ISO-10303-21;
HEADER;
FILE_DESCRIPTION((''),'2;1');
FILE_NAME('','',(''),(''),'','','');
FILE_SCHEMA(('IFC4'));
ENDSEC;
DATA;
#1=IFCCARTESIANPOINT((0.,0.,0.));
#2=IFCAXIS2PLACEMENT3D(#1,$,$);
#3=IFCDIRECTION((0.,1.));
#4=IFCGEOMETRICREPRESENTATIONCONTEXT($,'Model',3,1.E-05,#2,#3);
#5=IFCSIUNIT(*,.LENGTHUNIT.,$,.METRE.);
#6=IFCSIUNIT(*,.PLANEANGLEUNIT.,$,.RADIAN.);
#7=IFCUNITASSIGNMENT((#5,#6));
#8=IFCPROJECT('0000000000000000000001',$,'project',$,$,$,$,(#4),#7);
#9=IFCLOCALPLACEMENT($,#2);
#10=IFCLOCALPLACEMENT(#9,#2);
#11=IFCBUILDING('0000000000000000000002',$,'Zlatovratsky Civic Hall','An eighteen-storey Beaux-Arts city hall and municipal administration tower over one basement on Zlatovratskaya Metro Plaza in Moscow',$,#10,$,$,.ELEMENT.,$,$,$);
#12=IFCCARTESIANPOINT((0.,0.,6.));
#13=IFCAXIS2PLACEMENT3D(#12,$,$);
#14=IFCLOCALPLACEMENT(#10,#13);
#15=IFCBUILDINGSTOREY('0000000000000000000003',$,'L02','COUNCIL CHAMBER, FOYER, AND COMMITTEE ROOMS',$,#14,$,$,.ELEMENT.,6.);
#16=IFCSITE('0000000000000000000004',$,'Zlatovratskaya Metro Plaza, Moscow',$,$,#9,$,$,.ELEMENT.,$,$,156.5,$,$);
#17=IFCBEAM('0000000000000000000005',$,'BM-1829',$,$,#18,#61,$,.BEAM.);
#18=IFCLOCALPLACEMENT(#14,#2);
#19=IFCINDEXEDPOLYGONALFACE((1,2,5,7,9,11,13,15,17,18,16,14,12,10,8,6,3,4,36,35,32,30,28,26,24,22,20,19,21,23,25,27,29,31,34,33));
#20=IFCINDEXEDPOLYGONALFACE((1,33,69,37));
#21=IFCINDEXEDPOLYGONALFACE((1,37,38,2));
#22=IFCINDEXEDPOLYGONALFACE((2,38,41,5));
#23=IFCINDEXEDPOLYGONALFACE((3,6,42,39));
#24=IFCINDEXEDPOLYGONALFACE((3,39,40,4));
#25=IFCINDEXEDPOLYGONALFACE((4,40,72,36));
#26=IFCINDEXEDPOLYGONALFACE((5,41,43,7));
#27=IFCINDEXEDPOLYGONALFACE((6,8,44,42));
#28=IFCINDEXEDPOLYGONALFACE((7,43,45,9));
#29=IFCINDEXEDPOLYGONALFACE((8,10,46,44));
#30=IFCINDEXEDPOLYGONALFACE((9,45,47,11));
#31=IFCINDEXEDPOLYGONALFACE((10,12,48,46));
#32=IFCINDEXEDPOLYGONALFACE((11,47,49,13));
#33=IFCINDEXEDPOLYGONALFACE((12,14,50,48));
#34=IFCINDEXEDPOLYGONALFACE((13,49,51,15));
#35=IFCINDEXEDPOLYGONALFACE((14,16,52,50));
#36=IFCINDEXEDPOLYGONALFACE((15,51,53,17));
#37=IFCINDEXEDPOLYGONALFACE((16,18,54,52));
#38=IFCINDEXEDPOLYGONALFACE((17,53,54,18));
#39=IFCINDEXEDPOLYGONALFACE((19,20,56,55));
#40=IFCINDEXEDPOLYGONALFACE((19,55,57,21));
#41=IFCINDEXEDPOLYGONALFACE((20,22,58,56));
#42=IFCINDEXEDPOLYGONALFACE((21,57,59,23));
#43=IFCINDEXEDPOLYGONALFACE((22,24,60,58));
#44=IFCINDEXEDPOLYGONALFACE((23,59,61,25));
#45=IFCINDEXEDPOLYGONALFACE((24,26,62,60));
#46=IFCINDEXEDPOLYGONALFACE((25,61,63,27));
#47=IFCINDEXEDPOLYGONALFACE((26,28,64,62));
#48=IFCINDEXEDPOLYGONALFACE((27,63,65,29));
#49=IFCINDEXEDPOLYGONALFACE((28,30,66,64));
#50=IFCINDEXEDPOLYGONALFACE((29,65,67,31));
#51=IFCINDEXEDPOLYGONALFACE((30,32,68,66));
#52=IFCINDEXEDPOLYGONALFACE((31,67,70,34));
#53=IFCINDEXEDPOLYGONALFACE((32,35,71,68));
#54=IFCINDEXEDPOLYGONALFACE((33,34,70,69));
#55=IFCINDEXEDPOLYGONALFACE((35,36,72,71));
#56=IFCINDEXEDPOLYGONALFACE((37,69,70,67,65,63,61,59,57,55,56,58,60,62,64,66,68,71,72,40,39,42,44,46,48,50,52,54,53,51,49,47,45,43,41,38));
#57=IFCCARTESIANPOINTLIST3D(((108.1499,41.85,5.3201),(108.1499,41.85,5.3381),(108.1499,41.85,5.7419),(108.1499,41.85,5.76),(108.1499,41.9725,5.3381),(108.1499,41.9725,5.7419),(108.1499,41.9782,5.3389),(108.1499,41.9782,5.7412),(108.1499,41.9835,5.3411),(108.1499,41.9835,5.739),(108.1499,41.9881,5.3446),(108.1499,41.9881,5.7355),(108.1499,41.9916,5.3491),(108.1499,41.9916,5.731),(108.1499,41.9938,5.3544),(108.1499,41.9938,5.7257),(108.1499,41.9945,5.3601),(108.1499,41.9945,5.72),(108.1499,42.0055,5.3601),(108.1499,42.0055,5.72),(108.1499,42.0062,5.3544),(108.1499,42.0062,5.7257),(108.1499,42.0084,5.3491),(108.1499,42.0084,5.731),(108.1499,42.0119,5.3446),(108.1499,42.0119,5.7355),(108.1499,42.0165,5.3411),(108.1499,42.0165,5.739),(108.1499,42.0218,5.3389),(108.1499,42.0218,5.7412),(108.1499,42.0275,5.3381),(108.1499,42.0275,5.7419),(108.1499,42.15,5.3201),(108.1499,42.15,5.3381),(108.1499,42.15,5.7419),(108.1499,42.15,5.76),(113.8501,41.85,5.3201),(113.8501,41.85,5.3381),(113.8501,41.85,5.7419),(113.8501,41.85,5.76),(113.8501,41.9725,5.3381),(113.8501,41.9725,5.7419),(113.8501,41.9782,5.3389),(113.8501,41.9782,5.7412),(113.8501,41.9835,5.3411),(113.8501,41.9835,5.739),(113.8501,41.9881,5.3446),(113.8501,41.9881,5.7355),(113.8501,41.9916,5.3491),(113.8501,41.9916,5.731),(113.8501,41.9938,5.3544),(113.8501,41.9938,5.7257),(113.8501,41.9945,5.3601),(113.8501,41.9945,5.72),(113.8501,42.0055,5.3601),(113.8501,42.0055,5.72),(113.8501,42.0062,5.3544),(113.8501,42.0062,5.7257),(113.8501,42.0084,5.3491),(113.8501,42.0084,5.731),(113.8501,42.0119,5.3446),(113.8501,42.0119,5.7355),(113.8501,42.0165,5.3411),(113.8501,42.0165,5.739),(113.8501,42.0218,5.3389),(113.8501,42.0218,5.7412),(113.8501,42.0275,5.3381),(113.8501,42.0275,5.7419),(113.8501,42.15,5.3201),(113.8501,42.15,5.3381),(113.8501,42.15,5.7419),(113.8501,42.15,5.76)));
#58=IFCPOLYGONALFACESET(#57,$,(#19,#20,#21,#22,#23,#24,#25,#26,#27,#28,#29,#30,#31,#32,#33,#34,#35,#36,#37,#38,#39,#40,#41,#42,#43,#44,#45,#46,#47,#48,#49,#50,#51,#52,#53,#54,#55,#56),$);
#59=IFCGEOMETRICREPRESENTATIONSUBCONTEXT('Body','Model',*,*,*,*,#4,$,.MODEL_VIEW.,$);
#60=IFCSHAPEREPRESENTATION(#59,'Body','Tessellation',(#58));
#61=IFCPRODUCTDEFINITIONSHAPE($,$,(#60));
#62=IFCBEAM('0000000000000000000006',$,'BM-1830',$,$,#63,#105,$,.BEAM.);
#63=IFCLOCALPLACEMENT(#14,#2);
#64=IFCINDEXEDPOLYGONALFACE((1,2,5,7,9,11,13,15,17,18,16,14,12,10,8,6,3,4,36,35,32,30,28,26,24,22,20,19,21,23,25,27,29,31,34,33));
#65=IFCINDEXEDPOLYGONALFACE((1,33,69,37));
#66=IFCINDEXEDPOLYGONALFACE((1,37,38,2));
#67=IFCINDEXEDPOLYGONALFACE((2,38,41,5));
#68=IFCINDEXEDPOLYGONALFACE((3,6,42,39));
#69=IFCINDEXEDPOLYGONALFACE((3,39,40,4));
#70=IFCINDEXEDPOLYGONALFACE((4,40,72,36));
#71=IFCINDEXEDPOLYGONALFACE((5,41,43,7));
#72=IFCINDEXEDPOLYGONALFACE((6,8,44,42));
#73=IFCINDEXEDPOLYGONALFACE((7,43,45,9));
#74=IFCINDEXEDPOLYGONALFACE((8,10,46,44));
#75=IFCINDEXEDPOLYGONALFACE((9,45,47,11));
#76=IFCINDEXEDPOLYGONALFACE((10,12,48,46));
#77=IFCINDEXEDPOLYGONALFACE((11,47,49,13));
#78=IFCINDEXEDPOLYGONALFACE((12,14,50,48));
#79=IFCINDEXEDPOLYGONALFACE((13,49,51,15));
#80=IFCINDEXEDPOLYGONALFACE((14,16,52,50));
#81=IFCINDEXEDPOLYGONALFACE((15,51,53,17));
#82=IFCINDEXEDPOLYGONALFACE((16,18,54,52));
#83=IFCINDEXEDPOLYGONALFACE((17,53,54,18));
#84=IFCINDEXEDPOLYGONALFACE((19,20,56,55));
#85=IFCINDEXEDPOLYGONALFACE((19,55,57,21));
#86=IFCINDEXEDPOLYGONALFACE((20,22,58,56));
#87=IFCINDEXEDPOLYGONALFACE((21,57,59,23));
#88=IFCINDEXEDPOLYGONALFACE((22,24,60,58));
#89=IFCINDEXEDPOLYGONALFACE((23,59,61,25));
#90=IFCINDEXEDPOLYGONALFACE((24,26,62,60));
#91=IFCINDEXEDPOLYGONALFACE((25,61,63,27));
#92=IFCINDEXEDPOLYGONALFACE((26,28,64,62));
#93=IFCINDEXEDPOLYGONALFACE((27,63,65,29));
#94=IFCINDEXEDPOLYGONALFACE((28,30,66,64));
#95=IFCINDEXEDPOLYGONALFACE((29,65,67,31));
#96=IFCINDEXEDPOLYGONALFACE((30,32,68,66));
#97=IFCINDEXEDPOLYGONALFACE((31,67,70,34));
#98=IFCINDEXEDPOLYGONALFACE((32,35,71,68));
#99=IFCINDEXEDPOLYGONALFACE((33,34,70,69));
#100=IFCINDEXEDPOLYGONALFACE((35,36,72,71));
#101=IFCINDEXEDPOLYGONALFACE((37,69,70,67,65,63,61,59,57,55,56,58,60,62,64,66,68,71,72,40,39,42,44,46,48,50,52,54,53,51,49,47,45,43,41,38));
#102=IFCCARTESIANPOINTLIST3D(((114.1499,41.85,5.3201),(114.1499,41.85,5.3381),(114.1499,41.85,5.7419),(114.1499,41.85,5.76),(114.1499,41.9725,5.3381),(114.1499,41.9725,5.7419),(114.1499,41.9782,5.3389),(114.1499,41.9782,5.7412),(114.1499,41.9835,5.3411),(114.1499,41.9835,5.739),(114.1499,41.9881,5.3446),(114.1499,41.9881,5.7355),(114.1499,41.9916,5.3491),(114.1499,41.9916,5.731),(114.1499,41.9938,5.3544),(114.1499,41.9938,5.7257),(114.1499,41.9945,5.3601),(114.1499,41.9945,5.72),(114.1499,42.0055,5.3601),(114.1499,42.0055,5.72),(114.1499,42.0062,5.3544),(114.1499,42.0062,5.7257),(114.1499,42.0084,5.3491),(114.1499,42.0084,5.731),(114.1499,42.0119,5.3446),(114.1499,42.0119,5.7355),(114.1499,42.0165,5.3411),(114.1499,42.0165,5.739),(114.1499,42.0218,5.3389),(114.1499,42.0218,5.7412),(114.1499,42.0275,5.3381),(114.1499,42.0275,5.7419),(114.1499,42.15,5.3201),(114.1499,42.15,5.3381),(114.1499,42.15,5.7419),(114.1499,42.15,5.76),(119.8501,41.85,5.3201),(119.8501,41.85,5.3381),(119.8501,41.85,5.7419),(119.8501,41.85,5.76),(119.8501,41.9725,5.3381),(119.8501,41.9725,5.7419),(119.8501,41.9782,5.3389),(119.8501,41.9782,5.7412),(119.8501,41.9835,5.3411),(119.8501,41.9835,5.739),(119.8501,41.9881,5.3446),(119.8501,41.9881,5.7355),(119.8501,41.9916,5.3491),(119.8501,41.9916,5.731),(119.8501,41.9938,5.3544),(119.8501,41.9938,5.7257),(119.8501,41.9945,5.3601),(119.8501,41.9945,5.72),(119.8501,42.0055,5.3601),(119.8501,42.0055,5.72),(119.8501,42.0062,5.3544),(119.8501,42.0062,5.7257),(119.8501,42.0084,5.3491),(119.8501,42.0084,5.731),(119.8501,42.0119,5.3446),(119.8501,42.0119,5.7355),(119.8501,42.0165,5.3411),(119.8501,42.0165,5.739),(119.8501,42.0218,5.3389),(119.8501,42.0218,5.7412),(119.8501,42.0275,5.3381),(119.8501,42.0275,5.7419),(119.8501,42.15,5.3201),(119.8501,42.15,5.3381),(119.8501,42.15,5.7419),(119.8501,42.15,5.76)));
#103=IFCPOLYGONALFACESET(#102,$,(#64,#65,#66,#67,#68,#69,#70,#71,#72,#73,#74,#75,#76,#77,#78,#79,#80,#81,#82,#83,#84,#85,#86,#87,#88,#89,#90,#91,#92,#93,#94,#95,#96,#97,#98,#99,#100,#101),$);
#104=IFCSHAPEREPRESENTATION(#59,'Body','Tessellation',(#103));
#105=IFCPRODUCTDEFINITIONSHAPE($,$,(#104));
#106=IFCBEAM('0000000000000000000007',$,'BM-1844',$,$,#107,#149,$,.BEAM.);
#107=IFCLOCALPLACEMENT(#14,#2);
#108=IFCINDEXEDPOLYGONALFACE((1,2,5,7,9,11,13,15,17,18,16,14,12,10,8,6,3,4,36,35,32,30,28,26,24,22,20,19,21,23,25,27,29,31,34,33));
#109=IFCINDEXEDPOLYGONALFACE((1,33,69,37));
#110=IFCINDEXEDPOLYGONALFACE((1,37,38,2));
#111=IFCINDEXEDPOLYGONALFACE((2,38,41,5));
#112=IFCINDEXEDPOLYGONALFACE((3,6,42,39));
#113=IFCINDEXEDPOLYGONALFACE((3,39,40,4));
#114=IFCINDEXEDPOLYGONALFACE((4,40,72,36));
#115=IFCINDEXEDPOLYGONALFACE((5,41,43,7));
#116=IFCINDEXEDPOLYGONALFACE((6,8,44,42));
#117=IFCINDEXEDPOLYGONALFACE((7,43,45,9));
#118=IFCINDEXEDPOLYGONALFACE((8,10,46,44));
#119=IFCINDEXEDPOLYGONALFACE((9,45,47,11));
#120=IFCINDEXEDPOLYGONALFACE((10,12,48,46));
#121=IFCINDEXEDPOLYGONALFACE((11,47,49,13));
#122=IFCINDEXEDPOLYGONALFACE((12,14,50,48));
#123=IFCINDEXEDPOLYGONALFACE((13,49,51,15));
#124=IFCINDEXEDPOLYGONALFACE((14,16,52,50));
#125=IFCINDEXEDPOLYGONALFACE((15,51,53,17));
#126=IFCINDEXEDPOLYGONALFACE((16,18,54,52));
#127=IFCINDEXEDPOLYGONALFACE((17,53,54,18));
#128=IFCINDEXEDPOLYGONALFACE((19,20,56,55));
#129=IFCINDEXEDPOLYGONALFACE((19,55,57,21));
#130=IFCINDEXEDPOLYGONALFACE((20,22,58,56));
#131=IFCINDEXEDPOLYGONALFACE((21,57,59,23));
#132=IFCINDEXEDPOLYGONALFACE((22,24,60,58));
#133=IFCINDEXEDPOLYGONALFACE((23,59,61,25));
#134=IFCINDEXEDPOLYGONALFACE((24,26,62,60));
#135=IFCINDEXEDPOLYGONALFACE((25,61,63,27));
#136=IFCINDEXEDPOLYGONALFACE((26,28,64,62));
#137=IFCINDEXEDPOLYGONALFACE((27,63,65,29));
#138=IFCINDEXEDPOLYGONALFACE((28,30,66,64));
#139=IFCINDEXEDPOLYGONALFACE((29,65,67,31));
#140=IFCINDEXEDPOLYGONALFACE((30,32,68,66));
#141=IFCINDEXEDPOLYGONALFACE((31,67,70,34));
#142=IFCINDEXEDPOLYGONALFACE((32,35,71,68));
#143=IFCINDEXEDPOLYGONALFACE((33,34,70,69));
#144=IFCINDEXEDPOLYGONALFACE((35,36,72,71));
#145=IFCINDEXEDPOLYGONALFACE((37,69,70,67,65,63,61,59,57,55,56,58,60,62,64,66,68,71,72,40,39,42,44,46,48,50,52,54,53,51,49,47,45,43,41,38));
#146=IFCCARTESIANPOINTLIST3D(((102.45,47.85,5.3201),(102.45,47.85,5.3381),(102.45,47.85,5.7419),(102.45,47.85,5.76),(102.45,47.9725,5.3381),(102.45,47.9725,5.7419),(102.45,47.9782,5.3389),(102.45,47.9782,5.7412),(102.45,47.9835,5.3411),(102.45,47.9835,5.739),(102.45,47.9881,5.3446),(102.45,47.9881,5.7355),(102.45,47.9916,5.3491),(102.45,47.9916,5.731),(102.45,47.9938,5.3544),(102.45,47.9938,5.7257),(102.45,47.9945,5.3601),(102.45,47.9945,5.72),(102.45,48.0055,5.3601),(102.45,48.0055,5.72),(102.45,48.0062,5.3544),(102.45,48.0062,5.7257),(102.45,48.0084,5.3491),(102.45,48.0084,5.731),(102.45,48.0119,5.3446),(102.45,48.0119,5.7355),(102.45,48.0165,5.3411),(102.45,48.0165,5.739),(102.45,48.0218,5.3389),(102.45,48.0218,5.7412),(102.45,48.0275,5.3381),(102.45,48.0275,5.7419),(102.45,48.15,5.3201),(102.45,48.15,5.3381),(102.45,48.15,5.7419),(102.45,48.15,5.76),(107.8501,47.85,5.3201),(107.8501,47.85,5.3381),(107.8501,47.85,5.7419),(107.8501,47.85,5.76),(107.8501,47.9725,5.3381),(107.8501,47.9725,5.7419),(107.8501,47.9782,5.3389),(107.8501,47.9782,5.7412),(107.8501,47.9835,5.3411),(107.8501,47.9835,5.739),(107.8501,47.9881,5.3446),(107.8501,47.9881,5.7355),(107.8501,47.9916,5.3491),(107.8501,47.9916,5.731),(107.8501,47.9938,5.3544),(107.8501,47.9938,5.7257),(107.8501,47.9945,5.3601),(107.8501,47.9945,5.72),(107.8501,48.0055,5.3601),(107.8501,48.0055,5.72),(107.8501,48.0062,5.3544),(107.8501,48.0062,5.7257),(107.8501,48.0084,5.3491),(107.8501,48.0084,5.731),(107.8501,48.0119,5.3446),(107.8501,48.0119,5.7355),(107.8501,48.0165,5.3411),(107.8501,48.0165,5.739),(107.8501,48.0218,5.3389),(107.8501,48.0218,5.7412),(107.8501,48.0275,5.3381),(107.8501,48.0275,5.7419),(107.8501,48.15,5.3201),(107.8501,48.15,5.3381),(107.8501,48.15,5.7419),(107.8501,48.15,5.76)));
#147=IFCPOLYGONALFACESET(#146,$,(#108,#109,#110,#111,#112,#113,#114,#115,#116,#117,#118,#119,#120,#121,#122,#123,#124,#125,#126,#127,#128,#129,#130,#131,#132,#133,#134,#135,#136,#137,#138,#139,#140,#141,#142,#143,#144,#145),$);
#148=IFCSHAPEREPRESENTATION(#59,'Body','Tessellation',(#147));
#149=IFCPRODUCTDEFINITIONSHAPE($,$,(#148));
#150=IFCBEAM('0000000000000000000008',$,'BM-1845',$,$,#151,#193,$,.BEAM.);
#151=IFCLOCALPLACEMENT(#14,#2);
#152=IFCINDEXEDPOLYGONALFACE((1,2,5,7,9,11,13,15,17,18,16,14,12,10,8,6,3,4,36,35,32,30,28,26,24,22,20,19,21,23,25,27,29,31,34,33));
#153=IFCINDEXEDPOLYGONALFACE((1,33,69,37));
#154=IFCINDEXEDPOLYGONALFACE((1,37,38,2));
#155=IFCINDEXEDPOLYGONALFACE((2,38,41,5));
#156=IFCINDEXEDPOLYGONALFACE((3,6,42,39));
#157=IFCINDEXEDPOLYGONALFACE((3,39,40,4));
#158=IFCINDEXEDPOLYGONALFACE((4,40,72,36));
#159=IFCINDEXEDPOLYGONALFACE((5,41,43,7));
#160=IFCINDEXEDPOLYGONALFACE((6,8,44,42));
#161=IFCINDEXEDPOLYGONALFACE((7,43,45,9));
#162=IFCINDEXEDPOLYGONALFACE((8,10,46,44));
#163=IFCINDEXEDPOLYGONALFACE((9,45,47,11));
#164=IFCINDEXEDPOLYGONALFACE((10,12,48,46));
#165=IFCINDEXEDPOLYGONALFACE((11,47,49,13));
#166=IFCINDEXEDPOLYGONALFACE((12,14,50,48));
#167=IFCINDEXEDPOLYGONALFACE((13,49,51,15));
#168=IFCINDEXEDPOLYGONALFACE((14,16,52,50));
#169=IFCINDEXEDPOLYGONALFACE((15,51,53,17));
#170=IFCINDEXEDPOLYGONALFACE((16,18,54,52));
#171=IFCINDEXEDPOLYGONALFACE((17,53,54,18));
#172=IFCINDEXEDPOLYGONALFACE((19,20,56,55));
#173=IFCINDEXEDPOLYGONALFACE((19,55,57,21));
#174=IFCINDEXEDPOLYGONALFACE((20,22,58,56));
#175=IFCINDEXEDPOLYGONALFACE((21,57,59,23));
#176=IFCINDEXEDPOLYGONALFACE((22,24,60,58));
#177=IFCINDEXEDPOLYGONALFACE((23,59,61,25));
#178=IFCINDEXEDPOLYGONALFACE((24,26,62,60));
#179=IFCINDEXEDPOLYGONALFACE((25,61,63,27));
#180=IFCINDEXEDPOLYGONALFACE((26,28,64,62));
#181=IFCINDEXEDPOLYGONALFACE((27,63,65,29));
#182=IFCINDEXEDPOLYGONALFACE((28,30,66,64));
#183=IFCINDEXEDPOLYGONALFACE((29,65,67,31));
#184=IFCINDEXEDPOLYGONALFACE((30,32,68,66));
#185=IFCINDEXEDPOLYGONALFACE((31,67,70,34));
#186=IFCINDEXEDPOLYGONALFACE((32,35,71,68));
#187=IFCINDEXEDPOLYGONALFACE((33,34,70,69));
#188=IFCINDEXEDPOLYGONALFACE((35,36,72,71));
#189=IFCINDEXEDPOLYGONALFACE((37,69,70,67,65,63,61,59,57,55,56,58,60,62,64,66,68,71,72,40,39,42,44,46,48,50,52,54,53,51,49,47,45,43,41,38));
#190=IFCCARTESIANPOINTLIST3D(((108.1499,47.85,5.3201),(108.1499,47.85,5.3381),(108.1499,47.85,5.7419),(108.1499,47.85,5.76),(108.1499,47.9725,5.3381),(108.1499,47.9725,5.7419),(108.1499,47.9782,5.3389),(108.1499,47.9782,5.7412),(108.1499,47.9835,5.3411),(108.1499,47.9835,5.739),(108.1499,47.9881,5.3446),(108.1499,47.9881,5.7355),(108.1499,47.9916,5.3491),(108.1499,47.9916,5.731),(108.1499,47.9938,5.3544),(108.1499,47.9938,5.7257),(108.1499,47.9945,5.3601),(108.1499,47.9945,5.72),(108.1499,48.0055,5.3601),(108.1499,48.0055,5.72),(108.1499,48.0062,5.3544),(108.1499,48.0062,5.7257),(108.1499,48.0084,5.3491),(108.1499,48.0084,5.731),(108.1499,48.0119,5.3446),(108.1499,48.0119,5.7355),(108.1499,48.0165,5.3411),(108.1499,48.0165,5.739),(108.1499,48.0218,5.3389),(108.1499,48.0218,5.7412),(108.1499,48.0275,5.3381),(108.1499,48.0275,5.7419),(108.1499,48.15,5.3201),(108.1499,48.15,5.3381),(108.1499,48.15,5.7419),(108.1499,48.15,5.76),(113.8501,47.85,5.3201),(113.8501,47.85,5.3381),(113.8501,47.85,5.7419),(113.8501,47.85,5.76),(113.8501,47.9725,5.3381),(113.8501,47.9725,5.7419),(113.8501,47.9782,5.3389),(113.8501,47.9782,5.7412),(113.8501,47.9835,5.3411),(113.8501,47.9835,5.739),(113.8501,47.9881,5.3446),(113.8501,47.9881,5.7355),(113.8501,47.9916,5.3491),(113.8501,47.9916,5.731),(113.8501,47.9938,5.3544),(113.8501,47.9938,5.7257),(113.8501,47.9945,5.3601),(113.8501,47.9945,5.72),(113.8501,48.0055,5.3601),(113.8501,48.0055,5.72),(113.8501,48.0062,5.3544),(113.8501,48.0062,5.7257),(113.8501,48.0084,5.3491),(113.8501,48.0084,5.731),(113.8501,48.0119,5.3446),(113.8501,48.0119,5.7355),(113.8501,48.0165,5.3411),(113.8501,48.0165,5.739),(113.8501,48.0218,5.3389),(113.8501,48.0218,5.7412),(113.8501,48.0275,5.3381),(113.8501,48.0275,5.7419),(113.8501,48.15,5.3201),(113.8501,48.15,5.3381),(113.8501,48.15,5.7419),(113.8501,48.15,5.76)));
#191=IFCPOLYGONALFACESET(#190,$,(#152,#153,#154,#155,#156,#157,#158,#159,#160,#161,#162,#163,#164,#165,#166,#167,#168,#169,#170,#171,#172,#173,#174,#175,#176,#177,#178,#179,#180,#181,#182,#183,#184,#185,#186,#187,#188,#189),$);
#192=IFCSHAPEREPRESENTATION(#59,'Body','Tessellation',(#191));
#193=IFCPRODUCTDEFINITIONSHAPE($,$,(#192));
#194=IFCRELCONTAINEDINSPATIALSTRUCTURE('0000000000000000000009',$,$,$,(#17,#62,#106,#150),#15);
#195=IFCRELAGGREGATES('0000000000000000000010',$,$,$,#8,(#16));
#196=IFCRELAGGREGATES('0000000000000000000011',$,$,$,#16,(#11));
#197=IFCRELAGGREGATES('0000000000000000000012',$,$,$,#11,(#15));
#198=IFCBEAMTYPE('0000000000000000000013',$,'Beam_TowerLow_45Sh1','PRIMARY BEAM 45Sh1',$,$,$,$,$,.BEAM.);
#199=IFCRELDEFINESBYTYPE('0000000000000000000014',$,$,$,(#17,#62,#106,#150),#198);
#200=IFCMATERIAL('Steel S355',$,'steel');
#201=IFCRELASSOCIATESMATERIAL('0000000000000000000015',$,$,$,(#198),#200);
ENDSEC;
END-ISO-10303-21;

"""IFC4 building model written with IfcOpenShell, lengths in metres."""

from ifc_helpers import new_model, si_unit, direction, frame, origin, origin_2d, place, context, subcontext, project, spatial, i_section, extrude, material, material_profile, profile_set, type_object, element, save


model = new_model("IFC4")

# Units and contexts
model_context = context("Model", 3, precision=1e-05, world=origin(), true_north=direction((0.0, 1.0)))
body_context = subcontext(model_context, "Body", "Model", "MODEL_VIEW")
ifc_project = project(units=[si_unit("LENGTHUNIT", "METRE"), si_unit("PLANEANGLEUNIT", "RADIAN")], contexts=[model_context])

# Site, building, storey
site_placement = place(None, origin())
site = spatial("IfcSite", under=ifc_project, at=site_placement, Name="Zlatovratskaya Metro Plaza, Moscow", CompositionType="ELEMENT", RefElevation=156.5)
building_placement = place(site_placement, origin())
building = spatial("IfcBuilding", under=site, at=building_placement, Name="Zlatovratsky Civic Hall", Description="An eighteen-storey Beaux-Arts city hall and municipal administration tower over one basement on Zlatovratskaya Metro Plaza in Moscow", CompositionType="ELEMENT")
storey_placement = place(building_placement, frame((0.0, 0.0, 6.0)))
storey = spatial("IfcBuildingStorey", under=building, at=storey_placement, Name="L02", Description="COUNCIL CHAMBER, FOYER, AND COMMITTEE ROOMS", CompositionType="ELEMENT", Elevation=6.0)

# Shared definitions
ifc_material_1 = material(Name="Steel S355", Category="steel")

# Beams
ifc_material_profile_1 = material_profile(ifc_material_1, i_section(OverallWidth=0.3, OverallDepth=0.4399, WebThickness=0.011, FlangeThickness=0.0181, FilletRadius=0.022, at=origin_2d()), Name="45Sh1")
ifc_profile_set_1 = profile_set([ifc_material_profile_1], Name="Steel S355")
beam_type = type_object("IfcBeamType", Name="Beam_TowerLow_45Sh1", Description="PRIMARY BEAM 45Sh1", PredefinedType="BEAM", material=ifc_profile_set_1)
for number, where, z_axis, x_axis, name in (
    (1, (108.1499, 42.0, 5.54), (1.0, 0.0, 0.0), (0.0, 1.0, 0.0), "BM-1829"),
    (2, (114.1499, 42.0, 5.54), (1.0, 0.0, 0.0), (0.0, 1.0, 0.0), "BM-1830"),
):
    element("IfcBeam", number, at=place(storey_placement, frame(where, z_axis=z_axis, x_axis=x_axis)), inside=storey, type_object=beam_type, Name=name, PredefinedType="BEAM", context=body_context, shape_type="SweptSolid", body=[
        extrude(i_section(OverallWidth=0.3, OverallDepth=0.4399, WebThickness=0.011, FlangeThickness=0.0181, FilletRadius=0.022, at=origin_2d()), origin(), (0.0, 0.0, 1.0), 5.7002),
    ])
beam_1_placement = place(storey_placement, frame((102.45, 48.0, 5.54), z_axis=(1.0, 0.0, 0.0), x_axis=(0.0, 1.0, 0.0)))
element("IfcBeam", 3, at=beam_1_placement, inside=storey, type_object=beam_type, Name="BM-1844", PredefinedType="BEAM", context=body_context, shape_type="SweptSolid", body=[
    extrude(i_section(OverallWidth=0.3, OverallDepth=0.4399, WebThickness=0.011, FlangeThickness=0.0181, FilletRadius=0.022, at=origin_2d()), origin(), (0.0, 0.0, 1.0), 5.4001),
])
for number, where, z_axis, x_axis, name in (
    (4, (108.1499, 48.0, 5.54), (1.0, 0.0, 0.0), (0.0, 1.0, 0.0), "BM-1845"),
):
    element("IfcBeam", number, at=place(storey_placement, frame(where, z_axis=z_axis, x_axis=x_axis)), inside=storey, type_object=beam_type, Name=name, PredefinedType="BEAM", context=body_context, shape_type="SweptSolid", body=[
        extrude(i_section(OverallWidth=0.3, OverallDepth=0.4399, WebThickness=0.011, FlangeThickness=0.0181, FilletRadius=0.022, at=origin_2d()), origin(), (0.0, 0.0, 1.0), 5.7002),
    ])

save(model, "model.ifc")
